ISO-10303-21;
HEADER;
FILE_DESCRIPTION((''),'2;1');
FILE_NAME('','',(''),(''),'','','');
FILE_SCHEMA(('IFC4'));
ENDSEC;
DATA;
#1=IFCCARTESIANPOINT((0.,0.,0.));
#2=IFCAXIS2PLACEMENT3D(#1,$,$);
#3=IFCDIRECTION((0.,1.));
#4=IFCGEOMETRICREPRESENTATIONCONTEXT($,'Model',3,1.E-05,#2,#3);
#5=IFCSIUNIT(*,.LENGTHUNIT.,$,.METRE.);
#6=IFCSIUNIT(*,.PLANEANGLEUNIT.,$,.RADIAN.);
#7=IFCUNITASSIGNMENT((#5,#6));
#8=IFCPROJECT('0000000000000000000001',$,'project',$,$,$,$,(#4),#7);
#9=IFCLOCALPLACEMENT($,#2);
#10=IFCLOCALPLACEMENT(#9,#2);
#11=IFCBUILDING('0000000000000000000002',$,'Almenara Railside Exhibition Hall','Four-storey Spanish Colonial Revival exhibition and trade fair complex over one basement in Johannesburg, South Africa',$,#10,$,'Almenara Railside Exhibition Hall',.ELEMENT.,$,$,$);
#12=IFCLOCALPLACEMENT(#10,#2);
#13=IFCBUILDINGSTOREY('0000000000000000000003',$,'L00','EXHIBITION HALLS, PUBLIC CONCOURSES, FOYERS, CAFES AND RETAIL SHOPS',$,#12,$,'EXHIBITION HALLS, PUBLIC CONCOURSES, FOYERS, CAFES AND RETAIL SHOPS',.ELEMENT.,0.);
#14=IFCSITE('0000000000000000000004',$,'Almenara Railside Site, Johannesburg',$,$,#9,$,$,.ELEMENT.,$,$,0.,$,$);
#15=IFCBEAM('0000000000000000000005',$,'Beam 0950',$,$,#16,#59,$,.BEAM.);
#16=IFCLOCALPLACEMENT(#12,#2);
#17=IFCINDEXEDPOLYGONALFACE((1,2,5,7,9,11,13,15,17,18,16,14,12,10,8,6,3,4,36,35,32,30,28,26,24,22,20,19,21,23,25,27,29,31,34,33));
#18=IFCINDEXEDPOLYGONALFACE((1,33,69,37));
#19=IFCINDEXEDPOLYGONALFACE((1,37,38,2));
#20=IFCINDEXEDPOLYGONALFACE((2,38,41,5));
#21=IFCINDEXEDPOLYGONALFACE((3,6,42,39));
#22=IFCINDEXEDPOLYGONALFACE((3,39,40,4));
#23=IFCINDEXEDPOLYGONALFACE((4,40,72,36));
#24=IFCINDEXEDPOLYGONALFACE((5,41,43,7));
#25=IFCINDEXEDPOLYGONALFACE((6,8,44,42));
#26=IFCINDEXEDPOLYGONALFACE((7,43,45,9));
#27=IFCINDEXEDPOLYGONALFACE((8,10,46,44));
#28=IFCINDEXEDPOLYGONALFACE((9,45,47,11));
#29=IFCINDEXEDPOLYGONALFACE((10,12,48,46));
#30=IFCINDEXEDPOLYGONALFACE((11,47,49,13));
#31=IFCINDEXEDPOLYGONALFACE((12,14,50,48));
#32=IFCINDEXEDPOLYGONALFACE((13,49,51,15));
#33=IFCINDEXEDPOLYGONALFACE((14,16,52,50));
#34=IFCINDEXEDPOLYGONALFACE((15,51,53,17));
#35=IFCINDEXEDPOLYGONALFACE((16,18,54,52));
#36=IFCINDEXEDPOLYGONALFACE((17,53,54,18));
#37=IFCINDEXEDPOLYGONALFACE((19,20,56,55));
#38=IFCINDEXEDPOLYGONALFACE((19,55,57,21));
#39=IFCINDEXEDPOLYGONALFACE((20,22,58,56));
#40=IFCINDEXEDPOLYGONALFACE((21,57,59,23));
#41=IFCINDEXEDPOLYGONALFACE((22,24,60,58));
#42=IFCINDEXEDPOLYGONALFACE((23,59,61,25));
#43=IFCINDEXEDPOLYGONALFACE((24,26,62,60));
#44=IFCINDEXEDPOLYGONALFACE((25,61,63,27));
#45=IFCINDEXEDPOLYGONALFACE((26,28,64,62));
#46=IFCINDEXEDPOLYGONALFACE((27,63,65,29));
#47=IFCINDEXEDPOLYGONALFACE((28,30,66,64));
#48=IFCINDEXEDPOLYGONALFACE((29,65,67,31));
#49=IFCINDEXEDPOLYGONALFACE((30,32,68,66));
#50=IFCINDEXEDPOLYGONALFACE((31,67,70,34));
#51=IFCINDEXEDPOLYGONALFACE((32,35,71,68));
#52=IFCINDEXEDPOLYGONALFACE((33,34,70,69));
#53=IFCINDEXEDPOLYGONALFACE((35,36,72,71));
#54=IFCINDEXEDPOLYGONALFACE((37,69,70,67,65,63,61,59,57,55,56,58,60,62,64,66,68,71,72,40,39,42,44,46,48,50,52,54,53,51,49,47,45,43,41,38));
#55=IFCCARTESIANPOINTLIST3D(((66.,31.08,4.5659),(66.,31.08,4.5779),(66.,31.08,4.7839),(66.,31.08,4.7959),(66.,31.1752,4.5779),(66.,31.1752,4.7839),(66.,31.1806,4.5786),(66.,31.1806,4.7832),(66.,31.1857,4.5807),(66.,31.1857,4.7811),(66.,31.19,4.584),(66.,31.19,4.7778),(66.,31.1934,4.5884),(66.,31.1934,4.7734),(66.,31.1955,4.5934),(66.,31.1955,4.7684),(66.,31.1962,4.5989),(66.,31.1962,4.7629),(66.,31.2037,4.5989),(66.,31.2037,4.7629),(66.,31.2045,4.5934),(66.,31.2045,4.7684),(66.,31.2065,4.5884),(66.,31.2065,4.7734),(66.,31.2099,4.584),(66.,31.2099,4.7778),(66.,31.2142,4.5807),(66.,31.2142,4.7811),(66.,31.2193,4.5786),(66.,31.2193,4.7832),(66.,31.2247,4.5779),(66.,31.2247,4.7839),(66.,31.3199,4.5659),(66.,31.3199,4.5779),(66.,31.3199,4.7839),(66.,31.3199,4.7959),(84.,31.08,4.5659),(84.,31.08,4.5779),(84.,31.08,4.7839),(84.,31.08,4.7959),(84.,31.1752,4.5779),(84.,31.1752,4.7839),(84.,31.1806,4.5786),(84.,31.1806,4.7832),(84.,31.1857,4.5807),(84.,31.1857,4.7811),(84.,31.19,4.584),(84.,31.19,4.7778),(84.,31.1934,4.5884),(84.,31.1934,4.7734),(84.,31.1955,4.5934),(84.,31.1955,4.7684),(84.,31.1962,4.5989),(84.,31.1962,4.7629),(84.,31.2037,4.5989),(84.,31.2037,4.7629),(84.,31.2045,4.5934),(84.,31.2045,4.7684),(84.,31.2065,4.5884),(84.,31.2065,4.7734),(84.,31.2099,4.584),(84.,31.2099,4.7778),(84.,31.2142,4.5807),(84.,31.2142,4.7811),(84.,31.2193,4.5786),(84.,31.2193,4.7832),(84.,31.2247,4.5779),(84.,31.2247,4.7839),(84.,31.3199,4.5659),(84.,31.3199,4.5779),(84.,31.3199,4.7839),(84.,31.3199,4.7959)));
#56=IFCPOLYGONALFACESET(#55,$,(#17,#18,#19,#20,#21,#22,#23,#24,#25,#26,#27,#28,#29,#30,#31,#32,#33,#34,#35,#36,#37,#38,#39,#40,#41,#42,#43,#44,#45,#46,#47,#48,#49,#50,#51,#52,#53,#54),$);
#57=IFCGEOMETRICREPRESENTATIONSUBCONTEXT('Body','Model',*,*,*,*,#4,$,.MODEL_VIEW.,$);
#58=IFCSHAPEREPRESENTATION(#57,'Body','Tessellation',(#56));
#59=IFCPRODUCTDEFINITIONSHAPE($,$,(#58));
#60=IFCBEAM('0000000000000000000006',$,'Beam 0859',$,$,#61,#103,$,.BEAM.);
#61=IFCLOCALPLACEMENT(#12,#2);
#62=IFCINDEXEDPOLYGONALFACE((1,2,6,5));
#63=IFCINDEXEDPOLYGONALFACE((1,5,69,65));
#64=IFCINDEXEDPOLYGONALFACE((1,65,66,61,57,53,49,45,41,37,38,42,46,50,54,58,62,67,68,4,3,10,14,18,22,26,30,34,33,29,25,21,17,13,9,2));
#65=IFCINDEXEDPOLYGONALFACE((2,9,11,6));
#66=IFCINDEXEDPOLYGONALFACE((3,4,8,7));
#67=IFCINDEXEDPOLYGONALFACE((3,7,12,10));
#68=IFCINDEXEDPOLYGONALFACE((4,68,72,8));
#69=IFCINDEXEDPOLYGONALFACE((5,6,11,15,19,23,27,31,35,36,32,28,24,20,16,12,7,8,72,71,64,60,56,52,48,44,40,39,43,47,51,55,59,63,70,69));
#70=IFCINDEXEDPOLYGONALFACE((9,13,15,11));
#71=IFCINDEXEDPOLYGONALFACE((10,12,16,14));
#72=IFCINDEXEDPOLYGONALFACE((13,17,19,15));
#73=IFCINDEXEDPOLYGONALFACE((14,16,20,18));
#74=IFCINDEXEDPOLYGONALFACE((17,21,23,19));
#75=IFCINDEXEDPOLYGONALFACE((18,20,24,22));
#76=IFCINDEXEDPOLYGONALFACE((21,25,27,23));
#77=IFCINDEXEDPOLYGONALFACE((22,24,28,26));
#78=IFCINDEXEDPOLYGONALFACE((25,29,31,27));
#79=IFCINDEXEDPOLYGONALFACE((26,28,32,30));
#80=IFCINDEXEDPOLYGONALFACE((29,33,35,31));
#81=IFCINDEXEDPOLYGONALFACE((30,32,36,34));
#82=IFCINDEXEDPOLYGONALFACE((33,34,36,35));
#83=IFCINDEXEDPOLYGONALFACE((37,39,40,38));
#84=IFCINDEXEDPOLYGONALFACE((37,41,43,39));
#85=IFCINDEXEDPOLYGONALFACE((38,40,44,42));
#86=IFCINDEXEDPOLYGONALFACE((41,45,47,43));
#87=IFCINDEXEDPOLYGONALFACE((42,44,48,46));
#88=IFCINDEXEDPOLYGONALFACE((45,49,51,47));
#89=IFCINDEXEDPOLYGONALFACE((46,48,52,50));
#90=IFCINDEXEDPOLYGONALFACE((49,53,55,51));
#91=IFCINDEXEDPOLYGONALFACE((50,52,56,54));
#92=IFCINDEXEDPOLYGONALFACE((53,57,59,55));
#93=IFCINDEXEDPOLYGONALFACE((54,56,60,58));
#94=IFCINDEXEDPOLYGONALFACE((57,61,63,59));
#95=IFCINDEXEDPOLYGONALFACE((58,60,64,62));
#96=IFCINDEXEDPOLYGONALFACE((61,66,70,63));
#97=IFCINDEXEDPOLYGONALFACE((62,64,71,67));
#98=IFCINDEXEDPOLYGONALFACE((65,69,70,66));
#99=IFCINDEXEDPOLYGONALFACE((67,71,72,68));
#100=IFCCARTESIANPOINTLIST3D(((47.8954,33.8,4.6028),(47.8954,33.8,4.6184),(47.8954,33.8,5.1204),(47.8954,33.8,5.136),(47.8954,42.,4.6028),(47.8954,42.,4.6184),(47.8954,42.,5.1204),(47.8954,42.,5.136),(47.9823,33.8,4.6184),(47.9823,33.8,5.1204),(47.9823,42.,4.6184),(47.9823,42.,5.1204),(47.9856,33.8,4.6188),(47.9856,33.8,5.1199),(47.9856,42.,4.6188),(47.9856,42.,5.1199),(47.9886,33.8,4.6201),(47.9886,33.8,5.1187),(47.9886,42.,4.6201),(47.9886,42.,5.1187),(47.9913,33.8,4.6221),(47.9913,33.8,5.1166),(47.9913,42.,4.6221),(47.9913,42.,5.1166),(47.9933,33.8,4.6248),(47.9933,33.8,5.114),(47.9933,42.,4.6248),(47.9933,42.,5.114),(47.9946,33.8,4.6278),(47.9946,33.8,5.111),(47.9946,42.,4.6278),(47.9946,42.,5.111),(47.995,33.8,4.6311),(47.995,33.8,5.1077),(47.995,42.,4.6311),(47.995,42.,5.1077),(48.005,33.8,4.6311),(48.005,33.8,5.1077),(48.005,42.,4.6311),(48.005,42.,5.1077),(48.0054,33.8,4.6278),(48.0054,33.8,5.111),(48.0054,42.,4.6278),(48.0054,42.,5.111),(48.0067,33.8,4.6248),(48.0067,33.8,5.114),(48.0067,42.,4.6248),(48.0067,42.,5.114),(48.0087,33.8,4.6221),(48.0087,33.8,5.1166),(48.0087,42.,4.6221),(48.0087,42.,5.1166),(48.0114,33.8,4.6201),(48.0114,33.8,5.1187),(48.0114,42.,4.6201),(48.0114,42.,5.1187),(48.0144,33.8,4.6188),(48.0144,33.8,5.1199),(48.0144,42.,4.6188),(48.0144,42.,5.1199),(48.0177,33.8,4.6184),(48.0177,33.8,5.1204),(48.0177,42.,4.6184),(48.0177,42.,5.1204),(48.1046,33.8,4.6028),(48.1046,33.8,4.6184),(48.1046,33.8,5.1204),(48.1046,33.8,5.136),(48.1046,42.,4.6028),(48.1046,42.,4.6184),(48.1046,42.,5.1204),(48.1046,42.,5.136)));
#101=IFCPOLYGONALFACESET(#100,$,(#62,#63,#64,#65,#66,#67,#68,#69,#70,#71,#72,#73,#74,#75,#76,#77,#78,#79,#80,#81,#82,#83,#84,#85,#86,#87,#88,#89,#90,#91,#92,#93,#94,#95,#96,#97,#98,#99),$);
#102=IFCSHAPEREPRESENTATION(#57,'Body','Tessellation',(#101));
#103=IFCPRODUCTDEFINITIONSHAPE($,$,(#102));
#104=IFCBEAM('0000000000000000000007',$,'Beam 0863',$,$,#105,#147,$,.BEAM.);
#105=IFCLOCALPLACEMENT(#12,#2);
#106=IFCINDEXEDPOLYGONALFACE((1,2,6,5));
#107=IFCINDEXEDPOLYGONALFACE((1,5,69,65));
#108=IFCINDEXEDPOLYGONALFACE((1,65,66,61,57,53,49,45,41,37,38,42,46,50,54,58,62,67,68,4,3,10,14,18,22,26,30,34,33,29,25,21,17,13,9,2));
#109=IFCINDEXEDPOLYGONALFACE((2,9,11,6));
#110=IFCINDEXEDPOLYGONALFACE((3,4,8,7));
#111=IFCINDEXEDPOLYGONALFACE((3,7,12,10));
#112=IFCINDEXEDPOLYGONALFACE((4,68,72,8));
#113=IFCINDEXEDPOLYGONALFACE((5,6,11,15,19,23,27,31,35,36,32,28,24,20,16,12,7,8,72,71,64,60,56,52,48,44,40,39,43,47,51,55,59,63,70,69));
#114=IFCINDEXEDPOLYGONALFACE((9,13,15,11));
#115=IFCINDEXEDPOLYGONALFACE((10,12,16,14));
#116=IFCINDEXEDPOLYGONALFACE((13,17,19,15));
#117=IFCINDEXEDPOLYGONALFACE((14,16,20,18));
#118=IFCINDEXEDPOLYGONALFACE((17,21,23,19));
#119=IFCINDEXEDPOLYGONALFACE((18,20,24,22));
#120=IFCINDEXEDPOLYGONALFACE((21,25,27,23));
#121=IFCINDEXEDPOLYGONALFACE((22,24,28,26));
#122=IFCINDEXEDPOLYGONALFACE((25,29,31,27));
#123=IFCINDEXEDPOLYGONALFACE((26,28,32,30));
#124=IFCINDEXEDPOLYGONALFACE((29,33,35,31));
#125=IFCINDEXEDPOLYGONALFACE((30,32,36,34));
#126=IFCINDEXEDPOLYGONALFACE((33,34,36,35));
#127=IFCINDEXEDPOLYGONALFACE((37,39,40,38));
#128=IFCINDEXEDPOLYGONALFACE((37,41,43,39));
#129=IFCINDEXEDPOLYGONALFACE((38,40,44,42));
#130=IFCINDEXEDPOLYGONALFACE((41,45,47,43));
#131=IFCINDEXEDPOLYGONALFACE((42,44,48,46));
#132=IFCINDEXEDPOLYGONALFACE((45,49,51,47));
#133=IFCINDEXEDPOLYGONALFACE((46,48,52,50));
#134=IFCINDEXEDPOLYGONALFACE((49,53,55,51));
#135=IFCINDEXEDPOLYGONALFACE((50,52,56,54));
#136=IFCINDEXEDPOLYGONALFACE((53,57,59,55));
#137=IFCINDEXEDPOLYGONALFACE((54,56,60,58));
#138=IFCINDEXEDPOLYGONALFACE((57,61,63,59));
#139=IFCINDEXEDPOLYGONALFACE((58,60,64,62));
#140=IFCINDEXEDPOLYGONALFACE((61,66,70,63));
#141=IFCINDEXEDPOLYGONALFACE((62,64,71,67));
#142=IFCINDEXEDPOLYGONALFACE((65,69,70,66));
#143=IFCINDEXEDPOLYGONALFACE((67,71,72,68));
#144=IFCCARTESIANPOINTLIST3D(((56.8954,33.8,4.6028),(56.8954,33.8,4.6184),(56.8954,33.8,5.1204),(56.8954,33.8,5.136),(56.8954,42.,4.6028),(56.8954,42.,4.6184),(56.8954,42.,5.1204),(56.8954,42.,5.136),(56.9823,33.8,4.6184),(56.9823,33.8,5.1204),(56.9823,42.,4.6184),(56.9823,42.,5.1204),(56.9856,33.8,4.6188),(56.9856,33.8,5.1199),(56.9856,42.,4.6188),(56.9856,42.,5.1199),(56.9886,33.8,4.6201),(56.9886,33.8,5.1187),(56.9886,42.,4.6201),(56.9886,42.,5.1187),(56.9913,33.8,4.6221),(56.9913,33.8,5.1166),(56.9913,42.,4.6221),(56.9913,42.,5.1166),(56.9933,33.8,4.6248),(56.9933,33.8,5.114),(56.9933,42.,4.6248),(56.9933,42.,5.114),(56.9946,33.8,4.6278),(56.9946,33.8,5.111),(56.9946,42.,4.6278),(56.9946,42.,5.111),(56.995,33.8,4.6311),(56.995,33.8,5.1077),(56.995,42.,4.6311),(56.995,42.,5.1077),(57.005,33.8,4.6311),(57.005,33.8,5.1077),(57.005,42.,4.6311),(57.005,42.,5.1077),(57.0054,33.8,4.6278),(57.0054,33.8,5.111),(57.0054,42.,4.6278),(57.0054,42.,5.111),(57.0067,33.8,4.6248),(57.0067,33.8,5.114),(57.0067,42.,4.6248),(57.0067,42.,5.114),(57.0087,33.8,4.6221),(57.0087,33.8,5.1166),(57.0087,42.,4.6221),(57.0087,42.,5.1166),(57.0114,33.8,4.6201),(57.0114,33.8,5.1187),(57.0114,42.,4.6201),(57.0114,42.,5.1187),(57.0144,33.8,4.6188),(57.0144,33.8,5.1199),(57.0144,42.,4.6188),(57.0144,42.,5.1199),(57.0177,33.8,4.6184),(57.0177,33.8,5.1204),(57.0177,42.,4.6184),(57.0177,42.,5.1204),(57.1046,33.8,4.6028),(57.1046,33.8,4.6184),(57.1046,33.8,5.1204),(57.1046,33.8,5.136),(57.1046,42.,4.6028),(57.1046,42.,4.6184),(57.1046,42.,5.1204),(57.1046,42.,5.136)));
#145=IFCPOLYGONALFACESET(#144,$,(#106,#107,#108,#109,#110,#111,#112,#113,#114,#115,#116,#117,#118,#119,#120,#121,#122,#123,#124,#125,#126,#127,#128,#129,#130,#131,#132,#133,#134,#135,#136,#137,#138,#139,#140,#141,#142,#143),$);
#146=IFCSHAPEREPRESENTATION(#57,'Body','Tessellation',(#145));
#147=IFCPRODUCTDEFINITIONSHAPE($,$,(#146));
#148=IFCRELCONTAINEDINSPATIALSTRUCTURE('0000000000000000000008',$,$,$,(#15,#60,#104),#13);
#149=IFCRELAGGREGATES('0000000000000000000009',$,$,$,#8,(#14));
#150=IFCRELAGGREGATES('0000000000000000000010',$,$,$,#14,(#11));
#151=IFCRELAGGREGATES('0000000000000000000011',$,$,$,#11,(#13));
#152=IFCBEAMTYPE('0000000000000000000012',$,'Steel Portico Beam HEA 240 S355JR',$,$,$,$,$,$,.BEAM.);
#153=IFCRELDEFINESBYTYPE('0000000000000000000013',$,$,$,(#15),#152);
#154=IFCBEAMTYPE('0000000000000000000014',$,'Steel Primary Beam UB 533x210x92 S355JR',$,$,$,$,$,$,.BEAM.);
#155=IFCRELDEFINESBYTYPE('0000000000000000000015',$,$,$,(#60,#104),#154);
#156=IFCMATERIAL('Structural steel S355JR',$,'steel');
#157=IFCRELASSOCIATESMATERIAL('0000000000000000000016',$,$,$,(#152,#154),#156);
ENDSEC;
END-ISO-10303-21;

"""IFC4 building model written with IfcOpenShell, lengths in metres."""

from ifc_helpers import new_model, si_unit, direction, frame, origin, origin_2d, place, context, subcontext, project, spatial, i_section, extrude, material, material_profile, profile_set, type_object, element, save


model = new_model("IFC4")

# Units and contexts
model_context = context("Model", 3, precision=1e-05, world=origin(), true_north=direction((0.0, 1.0)))
body_context = subcontext(model_context, "Body", "Model", "MODEL_VIEW")
ifc_project = project(units=[si_unit("LENGTHUNIT", "METRE"), si_unit("PLANEANGLEUNIT", "RADIAN")], contexts=[model_context])

# Site, building, storey
site_placement = place(None, origin())
site = spatial("IfcSite", under=ifc_project, at=site_placement, Name="Almenara Railside Site, Johannesburg", CompositionType="ELEMENT", RefElevation=0.0)
building_placement = place(site_placement, origin())
building = spatial("IfcBuilding", under=site, at=building_placement, Name="Almenara Railside Exhibition Hall", Description="Four-storey Spanish Colonial Revival exhibition and trade fair complex over one basement in Johannesburg, South Africa", LongName="Almenara Railside Exhibition Hall", CompositionType="ELEMENT")
storey_placement = place(building_placement, origin())
storey = spatial("IfcBuildingStorey", under=building, at=storey_placement, Name="L00", Description="EXHIBITION HALLS, PUBLIC CONCOURSES, FOYERS, CAFES AND RETAIL SHOPS", LongName="EXHIBITION HALLS, PUBLIC CONCOURSES, FOYERS, CAFES AND RETAIL SHOPS", CompositionType="ELEMENT", Elevation=0.0)

# Beams
ifc_material_1 = material(Name="Structural steel S355JR", Category="steel")
ifc_material_profile_1 = material_profile(ifc_material_1, i_section(OverallWidth=0.24, OverallDepth=0.23, WebThickness=0.0076, FlangeThickness=0.012, FilletRadius=0.021, at=origin_2d()), Name="HEA 240")
ifc_profile_set_1 = profile_set([ifc_material_profile_1], Name="Structural steel S355JR")
beam_type_1 = type_object("IfcBeamType", Name="Steel Portico Beam HEA 240 S355JR", PredefinedType="BEAM", material=ifc_profile_set_1)
beam_placement = place(storey_placement, frame((66.0, 31.2, 4.6809), z_axis=(1.0, 0.0, 0.0), x_axis=(0.0, 1.0, 0.0)))
element("IfcBeam", 1, at=beam_placement, inside=storey, type_object=beam_type_1, Name="Beam 0950", PredefinedType="BEAM", context=body_context, shape_type="SweptSolid", body=[
    extrude(i_section(OverallWidth=0.24, OverallDepth=0.23, WebThickness=0.0076, FlangeThickness=0.012, FilletRadius=0.021, at=origin_2d()), origin(), (0.0, 0.0, 1.0), 18.0),
])
ifc_material_profile_2 = material_profile(ifc_material_1, i_section(OverallWidth=0.2092, OverallDepth=0.5332, WebThickness=0.01, FlangeThickness=0.0156, FilletRadius=0.0127, at=origin_2d()), Name="UB 533x210x92")
ifc_profile_set_2 = profile_set([ifc_material_profile_2], Name="Structural steel S355JR")
beam_type_2 = type_object("IfcBeamType", Name="Steel Primary Beam UB 533x210x92 S355JR", PredefinedType="BEAM", material=ifc_profile_set_2)
for number, where, z_axis, x_axis, name in (
    (2, (48.0, 33.8, 4.8694), (0.0, 1.0, 0.0), (-1.0, 0.0, 0.0), "Beam 0859"),
    (3, (57.0, 33.8, 4.8694), (0.0, 1.0, 0.0), (-1.0, 0.0, 0.0), "Beam 0863"),
):
    element("IfcBeam", number, at=place(storey_placement, frame(where, z_axis=z_axis, x_axis=x_axis)), inside=storey, type_object=beam_type_2, Name=name, PredefinedType="BEAM", context=body_context, shape_type="SweptSolid", body=[
        extrude(i_section(OverallWidth=0.2092, OverallDepth=0.5332, WebThickness=0.01, FlangeThickness=0.0156, FilletRadius=0.0127, at=origin_2d()), origin(), (0.0, 0.0, 1.0), 8.2),
    ])

save(model, "model.ifc")
